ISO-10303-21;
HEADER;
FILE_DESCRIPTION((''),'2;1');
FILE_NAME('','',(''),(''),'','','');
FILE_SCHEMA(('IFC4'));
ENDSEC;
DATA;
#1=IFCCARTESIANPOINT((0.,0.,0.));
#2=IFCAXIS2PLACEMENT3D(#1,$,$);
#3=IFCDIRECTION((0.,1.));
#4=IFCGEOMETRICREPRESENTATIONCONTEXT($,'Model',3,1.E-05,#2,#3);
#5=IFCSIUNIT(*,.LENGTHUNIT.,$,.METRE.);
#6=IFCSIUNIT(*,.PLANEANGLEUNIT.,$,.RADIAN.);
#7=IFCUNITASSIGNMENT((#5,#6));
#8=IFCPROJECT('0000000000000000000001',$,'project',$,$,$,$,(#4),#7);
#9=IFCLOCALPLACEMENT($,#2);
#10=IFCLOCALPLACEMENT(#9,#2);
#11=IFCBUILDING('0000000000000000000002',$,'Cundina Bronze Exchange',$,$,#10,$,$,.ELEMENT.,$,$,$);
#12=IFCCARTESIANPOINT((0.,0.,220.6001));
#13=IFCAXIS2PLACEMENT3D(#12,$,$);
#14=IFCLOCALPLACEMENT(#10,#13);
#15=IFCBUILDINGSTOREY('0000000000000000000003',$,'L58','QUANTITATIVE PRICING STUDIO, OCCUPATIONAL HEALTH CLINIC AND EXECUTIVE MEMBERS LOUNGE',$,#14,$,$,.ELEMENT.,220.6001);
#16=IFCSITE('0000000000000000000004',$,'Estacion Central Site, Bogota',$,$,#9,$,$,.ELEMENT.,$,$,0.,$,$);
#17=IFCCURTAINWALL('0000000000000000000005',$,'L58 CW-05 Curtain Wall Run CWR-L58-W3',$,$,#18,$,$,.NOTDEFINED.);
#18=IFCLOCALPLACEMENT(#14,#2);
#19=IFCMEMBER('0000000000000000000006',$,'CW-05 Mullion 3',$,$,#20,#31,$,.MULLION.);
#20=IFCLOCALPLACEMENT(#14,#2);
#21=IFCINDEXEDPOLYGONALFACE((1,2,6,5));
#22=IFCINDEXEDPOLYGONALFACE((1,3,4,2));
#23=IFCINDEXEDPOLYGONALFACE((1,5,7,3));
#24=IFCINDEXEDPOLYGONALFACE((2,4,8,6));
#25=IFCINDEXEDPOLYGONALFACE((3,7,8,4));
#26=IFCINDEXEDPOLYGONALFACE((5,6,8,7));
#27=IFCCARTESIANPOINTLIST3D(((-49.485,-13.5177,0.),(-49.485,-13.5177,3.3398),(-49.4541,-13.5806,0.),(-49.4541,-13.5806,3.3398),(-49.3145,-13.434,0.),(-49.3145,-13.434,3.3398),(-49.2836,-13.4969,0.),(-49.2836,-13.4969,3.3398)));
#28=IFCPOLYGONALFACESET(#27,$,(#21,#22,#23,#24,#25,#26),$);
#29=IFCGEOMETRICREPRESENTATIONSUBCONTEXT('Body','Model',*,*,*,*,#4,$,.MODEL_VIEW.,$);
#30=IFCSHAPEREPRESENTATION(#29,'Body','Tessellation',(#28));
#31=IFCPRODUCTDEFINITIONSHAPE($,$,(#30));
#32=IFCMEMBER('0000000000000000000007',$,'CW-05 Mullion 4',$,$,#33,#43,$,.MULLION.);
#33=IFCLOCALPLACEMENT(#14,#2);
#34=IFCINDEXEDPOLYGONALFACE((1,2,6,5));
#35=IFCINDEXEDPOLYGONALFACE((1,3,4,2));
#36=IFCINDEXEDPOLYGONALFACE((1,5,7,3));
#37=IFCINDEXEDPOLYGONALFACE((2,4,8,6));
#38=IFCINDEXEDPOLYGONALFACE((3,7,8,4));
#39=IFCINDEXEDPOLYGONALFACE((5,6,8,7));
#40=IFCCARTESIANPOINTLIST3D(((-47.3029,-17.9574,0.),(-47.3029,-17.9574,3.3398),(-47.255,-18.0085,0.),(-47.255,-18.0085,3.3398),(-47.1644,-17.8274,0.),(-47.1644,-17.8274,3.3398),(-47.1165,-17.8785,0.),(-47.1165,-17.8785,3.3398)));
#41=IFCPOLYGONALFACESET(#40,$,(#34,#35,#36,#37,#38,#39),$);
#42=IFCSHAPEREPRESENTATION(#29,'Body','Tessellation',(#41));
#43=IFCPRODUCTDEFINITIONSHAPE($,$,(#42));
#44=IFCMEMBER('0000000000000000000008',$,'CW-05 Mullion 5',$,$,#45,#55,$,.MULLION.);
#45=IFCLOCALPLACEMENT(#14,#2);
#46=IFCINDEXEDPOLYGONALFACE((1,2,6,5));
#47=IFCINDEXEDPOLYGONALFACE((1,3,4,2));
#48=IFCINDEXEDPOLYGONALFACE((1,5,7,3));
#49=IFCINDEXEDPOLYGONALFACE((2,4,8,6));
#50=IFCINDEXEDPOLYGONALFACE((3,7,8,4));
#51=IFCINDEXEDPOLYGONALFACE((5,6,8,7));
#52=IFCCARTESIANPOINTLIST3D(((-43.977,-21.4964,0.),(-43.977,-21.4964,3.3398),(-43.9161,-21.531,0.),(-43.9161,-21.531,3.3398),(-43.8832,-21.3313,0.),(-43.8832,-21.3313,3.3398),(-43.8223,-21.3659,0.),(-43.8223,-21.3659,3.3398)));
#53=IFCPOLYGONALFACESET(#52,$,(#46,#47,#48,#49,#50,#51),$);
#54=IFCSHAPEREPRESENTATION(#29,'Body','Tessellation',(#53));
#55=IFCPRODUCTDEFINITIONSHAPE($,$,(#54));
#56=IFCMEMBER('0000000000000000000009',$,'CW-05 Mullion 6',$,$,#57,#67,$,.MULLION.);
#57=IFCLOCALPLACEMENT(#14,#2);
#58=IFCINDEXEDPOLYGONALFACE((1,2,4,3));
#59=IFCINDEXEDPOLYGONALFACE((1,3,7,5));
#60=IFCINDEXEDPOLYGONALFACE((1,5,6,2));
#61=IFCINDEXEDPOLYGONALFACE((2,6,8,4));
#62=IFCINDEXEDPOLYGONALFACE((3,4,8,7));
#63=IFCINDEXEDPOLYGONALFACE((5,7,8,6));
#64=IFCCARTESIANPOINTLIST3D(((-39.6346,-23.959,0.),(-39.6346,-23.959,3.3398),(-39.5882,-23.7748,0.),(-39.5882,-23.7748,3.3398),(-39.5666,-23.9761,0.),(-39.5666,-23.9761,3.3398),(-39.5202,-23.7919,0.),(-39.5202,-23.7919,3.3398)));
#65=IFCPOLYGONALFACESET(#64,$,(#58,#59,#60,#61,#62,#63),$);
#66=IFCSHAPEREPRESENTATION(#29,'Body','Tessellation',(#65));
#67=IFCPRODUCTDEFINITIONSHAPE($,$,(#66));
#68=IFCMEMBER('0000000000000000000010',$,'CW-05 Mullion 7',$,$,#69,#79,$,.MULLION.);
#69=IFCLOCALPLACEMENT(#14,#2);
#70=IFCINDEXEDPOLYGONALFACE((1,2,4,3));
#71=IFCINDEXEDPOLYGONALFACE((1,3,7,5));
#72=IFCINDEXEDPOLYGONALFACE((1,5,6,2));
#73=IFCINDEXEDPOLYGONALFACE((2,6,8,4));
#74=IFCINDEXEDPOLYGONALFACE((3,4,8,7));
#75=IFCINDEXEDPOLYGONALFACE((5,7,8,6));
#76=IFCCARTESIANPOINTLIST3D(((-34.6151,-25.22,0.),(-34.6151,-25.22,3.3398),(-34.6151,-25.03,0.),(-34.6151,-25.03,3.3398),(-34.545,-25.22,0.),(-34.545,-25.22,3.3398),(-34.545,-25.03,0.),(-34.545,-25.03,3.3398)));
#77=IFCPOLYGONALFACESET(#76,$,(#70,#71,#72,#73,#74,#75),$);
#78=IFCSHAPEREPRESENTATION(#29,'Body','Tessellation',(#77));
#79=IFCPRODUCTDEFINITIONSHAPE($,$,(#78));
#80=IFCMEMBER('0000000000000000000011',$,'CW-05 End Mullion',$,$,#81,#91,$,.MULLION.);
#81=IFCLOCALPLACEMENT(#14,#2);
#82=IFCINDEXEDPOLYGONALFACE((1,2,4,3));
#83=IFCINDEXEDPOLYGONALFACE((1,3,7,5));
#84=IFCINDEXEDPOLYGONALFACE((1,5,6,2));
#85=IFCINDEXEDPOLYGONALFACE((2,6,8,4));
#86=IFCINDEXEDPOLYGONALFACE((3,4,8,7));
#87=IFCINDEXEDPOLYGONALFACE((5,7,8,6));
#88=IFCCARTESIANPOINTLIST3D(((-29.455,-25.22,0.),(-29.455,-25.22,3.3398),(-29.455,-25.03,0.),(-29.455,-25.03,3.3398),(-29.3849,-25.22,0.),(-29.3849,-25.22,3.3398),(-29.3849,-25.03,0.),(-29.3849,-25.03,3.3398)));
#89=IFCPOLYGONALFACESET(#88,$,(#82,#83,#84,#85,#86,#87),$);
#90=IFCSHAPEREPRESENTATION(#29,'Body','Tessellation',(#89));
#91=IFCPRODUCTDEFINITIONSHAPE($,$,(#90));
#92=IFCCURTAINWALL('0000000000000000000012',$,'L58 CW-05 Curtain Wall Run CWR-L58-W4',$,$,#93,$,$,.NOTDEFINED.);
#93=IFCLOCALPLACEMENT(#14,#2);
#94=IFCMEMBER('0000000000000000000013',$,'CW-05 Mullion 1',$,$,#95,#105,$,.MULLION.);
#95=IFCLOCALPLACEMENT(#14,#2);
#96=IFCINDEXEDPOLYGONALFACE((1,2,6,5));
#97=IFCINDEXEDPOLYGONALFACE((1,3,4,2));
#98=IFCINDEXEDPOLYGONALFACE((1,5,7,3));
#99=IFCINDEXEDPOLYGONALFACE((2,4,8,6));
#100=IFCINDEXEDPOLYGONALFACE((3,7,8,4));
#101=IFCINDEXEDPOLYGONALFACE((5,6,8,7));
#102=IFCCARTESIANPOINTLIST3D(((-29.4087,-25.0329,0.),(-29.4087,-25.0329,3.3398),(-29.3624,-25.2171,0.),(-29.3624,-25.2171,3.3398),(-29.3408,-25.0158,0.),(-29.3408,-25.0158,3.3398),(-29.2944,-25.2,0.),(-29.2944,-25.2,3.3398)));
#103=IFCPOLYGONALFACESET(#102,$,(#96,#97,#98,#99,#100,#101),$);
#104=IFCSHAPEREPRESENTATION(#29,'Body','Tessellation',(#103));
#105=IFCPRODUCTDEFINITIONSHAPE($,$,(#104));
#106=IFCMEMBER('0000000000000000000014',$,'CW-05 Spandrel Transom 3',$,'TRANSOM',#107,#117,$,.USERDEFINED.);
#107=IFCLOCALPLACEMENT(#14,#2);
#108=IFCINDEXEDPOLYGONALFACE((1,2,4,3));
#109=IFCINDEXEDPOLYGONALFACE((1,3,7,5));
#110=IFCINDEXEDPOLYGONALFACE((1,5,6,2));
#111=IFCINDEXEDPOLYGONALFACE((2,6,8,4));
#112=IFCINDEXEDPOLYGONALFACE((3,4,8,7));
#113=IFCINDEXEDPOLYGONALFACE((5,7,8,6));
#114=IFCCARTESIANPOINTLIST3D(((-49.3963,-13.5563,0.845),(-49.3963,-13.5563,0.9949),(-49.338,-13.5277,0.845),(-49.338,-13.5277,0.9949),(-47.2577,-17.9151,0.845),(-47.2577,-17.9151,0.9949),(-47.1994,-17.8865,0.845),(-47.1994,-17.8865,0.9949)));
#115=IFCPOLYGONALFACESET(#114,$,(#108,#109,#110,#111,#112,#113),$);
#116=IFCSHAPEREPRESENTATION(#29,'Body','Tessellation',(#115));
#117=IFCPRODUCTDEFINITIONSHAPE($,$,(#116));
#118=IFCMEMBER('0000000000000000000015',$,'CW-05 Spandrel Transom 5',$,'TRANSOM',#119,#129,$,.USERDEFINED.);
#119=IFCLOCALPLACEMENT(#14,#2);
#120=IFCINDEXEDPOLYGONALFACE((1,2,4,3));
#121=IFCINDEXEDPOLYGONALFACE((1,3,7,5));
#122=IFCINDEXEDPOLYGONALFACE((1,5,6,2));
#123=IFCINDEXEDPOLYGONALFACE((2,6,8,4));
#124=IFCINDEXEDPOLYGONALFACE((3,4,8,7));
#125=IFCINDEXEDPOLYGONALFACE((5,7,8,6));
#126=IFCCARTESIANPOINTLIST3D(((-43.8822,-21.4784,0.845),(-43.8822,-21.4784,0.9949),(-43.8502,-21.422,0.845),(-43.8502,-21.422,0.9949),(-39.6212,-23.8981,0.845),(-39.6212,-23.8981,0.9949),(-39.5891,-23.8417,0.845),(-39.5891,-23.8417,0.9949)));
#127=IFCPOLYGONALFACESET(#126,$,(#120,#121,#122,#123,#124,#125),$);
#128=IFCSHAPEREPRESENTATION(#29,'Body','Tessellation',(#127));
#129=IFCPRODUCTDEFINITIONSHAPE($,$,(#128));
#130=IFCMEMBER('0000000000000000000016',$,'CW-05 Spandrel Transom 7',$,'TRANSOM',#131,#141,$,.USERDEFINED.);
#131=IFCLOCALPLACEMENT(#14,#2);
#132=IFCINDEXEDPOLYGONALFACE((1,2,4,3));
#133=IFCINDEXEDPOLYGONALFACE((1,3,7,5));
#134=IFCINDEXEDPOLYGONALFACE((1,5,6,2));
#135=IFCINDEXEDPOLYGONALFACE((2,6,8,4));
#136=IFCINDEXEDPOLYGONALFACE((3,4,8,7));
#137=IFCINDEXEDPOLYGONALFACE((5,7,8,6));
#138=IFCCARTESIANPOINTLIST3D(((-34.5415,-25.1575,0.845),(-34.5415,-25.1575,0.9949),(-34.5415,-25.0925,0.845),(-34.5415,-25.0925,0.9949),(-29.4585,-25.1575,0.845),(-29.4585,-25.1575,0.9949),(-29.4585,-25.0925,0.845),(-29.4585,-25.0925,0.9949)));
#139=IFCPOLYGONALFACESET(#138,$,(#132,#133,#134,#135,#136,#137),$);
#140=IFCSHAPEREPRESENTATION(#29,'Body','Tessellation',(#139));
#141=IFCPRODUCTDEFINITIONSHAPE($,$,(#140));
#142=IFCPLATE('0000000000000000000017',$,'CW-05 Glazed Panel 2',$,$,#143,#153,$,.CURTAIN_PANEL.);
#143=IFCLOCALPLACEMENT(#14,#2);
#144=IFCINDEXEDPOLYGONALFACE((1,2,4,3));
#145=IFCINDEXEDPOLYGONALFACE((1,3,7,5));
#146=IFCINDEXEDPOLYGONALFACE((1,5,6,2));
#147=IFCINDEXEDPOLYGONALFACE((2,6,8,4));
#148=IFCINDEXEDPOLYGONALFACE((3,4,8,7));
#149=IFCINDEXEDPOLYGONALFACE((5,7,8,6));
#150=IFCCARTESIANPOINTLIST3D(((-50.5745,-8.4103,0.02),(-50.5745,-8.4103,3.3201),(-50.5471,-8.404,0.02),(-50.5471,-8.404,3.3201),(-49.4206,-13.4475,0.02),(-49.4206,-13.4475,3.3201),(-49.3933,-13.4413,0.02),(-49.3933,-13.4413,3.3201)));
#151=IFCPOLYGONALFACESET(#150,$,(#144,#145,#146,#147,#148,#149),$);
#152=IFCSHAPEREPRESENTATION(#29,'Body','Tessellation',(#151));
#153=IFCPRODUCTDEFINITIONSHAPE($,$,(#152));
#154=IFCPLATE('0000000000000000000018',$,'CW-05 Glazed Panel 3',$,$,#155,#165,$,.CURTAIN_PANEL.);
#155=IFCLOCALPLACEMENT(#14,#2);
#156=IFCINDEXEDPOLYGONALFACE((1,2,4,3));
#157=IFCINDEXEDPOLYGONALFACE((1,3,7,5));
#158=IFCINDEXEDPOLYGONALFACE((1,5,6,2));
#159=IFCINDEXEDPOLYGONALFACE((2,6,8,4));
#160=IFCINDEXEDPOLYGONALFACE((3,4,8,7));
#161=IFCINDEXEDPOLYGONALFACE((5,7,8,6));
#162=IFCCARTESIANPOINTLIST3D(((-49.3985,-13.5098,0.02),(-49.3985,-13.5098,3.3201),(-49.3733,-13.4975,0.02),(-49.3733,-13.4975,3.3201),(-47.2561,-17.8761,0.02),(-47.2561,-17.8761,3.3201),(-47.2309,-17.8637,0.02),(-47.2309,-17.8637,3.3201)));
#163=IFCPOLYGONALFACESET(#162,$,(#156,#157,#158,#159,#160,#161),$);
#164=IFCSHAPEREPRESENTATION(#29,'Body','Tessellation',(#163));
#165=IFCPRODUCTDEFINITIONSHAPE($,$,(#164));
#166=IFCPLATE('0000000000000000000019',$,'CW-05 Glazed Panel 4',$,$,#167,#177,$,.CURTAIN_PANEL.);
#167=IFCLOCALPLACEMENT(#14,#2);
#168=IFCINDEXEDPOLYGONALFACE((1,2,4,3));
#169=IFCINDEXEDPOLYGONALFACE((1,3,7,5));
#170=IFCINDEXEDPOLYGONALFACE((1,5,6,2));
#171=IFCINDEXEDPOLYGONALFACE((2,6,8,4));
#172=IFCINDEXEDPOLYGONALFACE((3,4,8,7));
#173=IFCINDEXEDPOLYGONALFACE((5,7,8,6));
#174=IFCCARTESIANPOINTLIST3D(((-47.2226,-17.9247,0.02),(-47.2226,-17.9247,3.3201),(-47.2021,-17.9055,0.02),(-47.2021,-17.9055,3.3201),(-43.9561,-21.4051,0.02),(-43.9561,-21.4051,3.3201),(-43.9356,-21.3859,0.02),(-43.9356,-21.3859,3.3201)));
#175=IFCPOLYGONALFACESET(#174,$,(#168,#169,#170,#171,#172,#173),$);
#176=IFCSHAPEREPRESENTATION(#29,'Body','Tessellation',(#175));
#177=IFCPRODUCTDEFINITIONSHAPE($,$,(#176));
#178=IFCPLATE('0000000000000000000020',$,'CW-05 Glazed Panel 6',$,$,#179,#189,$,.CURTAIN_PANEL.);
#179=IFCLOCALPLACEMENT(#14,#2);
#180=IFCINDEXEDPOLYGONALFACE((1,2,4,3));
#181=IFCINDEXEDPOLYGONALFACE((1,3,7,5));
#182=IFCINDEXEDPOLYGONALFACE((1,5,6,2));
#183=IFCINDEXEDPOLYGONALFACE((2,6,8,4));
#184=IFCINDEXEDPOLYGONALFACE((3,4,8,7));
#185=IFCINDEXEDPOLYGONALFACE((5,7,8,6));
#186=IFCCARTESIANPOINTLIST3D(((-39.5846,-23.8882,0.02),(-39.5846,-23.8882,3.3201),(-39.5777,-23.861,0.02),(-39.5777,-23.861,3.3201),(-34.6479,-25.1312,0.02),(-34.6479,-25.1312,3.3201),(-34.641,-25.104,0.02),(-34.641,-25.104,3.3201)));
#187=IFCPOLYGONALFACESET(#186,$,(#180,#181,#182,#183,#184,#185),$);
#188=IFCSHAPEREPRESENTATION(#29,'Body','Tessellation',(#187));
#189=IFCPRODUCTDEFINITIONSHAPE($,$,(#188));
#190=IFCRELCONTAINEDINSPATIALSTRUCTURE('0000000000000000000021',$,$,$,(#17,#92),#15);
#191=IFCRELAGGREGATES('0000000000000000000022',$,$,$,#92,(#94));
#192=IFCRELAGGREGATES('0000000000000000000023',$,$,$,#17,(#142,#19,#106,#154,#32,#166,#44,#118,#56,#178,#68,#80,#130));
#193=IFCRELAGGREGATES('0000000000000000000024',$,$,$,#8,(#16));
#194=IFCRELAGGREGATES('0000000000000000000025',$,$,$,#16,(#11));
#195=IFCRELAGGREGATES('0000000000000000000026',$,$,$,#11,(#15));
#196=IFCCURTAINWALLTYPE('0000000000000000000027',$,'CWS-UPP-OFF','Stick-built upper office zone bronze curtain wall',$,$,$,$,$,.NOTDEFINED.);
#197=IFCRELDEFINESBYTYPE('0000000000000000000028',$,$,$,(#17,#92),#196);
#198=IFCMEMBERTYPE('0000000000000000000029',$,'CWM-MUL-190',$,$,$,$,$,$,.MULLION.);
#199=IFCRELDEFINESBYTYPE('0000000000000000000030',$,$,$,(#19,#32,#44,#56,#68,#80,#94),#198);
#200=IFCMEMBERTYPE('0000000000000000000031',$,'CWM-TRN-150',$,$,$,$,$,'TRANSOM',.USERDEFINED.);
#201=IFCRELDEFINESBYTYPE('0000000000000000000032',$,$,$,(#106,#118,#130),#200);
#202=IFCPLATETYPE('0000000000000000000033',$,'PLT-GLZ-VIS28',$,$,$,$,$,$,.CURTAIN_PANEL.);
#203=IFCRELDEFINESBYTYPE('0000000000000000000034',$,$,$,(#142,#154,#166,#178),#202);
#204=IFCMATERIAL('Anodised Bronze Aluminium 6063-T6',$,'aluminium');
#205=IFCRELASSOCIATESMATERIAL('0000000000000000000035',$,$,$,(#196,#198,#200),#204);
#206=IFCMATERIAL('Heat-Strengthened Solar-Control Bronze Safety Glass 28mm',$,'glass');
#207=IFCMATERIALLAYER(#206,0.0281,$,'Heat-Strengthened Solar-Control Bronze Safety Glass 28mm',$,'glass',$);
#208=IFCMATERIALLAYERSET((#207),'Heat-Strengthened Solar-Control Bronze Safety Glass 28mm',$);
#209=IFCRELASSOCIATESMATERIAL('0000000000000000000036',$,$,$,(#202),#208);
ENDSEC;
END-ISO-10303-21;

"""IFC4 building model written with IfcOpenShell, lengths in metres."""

from ifc_helpers import new_model, si_unit, direction, frame, origin, origin_2d, place, context, subcontext, project, spatial, rectangle, extrude, material, layer, layer_set, material_profile, profile_set, type_object, element, aggregate, save


model = new_model("IFC4")

# Units and contexts
model_context = context("Model", 3, precision=1e-05, world=origin(), true_north=direction((0.0, 1.0)))
body_context = subcontext(model_context, "Body", "Model", "MODEL_VIEW")
ifc_project = project(units=[si_unit("LENGTHUNIT", "METRE"), si_unit("PLANEANGLEUNIT", "RADIAN")], contexts=[model_context])

# Site, building, storey
site_placement = place(None, origin())
site = spatial("IfcSite", under=ifc_project, at=site_placement, Name="Estacion Central Site, Bogota", CompositionType="ELEMENT", RefElevation=0.0)
building_placement = place(site_placement, origin())
building = spatial("IfcBuilding", under=site, at=building_placement, Name="Cundina Bronze Exchange", CompositionType="ELEMENT")
storey_placement = place(building_placement, frame((0.0, 0.0, 220.6001)))
storey = spatial("IfcBuildingStorey", under=building, at=storey_placement, Name="L58", Description="QUANTITATIVE PRICING STUDIO, OCCUPATIONAL HEALTH CLINIC AND EXECUTIVE MEMBERS LOUNGE", CompositionType="ELEMENT", Elevation=220.6001)

# Curtain wall, members
ifc_material_1 = material(Name="Anodised Bronze Aluminium 6063-T6", Category="aluminium")
curtain_wall_type = type_object("IfcCurtainWallType", Name="CWS-UPP-OFF", Description="Stick-built upper office zone bronze curtain wall", PredefinedType="NOTDEFINED", material=ifc_material_1)
curtain_wall_1_placement = place(storey_placement, origin())
curtain_wall_1 = element("IfcCurtainWall", 1, at=curtain_wall_1_placement, inside=storey, type_object=curtain_wall_type, Name="L58 CW-05 Curtain Wall Run CWR-L58-W3", PredefinedType="NOTDEFINED")
ifc_material_profile_1 = material_profile(ifc_material_1, rectangle(XDim=0.0701, YDim=0.1899, at=origin_2d()), Name="AL70X190", Category="aluminium")
ifc_profile_set_1 = profile_set([ifc_material_profile_1], Name="Anodised Bronze Aluminium 6063-T6")
member_type_1 = type_object("IfcMemberType", Name="CWM-MUL-190", PredefinedType="MULLION", material=ifc_profile_set_1)
member_1_placement = place(storey_placement, frame((-49.3843, -13.5073, 0.0), z_axis=(0.0, 0.0, 1.0), x_axis=(0.440566, -0.89772, 0.0)))
member_1 = element("IfcMember", 2, at=member_1_placement, type_object=member_type_1, Name="CW-05 Mullion 3", PredefinedType="MULLION", context=body_context, shape_type="SweptSolid", body=[
    extrude(rectangle(XDim=0.0701, YDim=0.1899, at=origin_2d()), origin(), (0.0, 0.0, 1.0), 3.3398),
])
member_2_placement = place(storey_placement, frame((-47.2097, -17.918, 0.0), z_axis=(0.0, 0.0, 1.0), x_axis=(0.684293, -0.729208, 0.0)))
member_2 = element("IfcMember", 3, at=member_2_placement, type_object=member_type_1, Name="CW-05 Mullion 4", PredefinedType="MULLION", context=body_context, shape_type="SweptSolid", body=[
    extrude(rectangle(XDim=0.0701, YDim=0.1899, at=origin_2d()), origin(), (0.0, 0.0, 1.0), 3.3398),
])
member_3_placement = place(storey_placement, frame((-43.8997, -21.4312, 0.0), z_axis=(0.0, 0.0, 1.0), x_axis=(0.869581, -0.49379, 0.0)))
member_3 = element("IfcMember", 4, at=member_3_placement, type_object=member_type_1, Name="CW-05 Mullion 5", PredefinedType="MULLION", context=body_context, shape_type="SweptSolid", body=[
    extrude(rectangle(XDim=0.0701, YDim=0.1899, at=origin_2d()), origin(), (0.0, 0.0, 1.0), 3.3398),
])
member_4_placement = place(storey_placement, frame((-39.5774, -23.8755, 0.0), z_axis=(0.0, 0.0, 1.0), x_axis=(0.969744, -0.244123, 0.0)))
member_4 = element("IfcMember", 5, at=member_4_placement, type_object=member_type_1, Name="CW-05 Mullion 6", PredefinedType="MULLION", context=body_context, shape_type="SweptSolid", body=[
    extrude(rectangle(XDim=0.0701, YDim=0.1899, at=origin_2d()), origin(), (0.0, 0.0, 1.0), 3.3398),
])
member_5_placement = place(storey_placement, frame((-34.5801, -25.125, 0.0), z_axis=(0.0, 0.0, 1.0), x_axis=(1.0, 0.0, 0.0)))
member_5 = element("IfcMember", 6, at=member_5_placement, type_object=member_type_1, Name="CW-05 Mullion 7", PredefinedType="MULLION", context=body_context, shape_type="SweptSolid", body=[
    extrude(rectangle(XDim=0.0701, YDim=0.1899, at=origin_2d()), origin(), (0.0, 0.0, 1.0), 3.3398),
])
member_6_placement = place(storey_placement, frame((-29.4199, -25.125, 0.0), z_axis=(0.0, 0.0, 1.0), x_axis=(1.0, 0.0, 0.0)))
member_6 = element("IfcMember", 7, at=member_6_placement, type_object=member_type_1, Name="CW-05 End Mullion", PredefinedType="MULLION", context=body_context, shape_type="SweptSolid", body=[
    extrude(rectangle(XDim=0.0701, YDim=0.1899, at=origin_2d()), origin(), (0.0, 0.0, 1.0), 3.3398),
])

# Curtain wall, member
curtain_wall_2_placement = place(storey_placement, origin())
curtain_wall_2 = element("IfcCurtainWall", 8, at=curtain_wall_2_placement, inside=storey, type_object=curtain_wall_type, Name="L58 CW-05 Curtain Wall Run CWR-L58-W4", PredefinedType="NOTDEFINED")
member_7_placement = place(storey_placement, frame((-29.3516, -25.1165, 0.0), z_axis=(0.0, 0.0, 1.0), x_axis=(0.969744, 0.244123, 0.0)))
member_7 = element("IfcMember", 9, at=member_7_placement, type_object=member_type_1, Name="CW-05 Mullion 1", PredefinedType="MULLION", context=body_context, shape_type="SweptSolid", body=[
    extrude(rectangle(XDim=0.0701, YDim=0.1899, at=origin_2d()), origin(), (0.0, 0.0, 1.0), 3.3398),
])
aggregate(curtain_wall_2, [member_7])

# Members
ifc_material_profile_2 = material_profile(ifc_material_1, rectangle(XDim=0.0649, YDim=0.1499, at=origin_2d()), Name="AL65X150", Category="aluminium")
ifc_profile_set_2 = profile_set([ifc_material_profile_2], Name="Anodised Bronze Aluminium 6063-T6")
member_type_2 = type_object("IfcMemberType", Name="CWM-TRN-150", ElementType="TRANSOM", PredefinedType="USERDEFINED", material=ifc_profile_set_2)
member_8_placement = place(storey_placement, frame((-49.3672, -13.542, 0.9199), z_axis=(0.440483, -0.897761, 0.0), x_axis=(0.897761, 0.440483, 0.0)))
member_8 = element("IfcMember", 10, at=member_8_placement, type_object=member_type_2, Name="CW-05 Spandrel Transom 3", ObjectType="TRANSOM", PredefinedType="USERDEFINED", context=body_context, shape_type="SweptSolid", body=[
    extrude(rectangle(XDim=0.0649, YDim=0.1499, at=origin_2d()), origin(), (0.0, 0.0, 1.0), 4.8552),
])
member_9_placement = place(storey_placement, frame((-43.8662, -21.4502, 0.9199), z_axis=(0.869574, -0.493803, 0.0), x_axis=(0.493803, 0.869574, 0.0)))
member_9 = element("IfcMember", 11, at=member_9_placement, type_object=member_type_2, Name="CW-05 Spandrel Transom 5", ObjectType="TRANSOM", PredefinedType="USERDEFINED", context=body_context, shape_type="SweptSolid", body=[
    extrude(rectangle(XDim=0.0649, YDim=0.1499, at=origin_2d()), origin(), (0.0, 0.0, 1.0), 4.9001),
])
member_10_placement = place(storey_placement, frame((-34.5415, -25.125, 0.9199), z_axis=(1.0, 0.0, 0.0), x_axis=(0.0, 1.0, 0.0)))
member_10 = element("IfcMember", 12, at=member_10_placement, type_object=member_type_2, Name="CW-05 Spandrel Transom 7", ObjectType="TRANSOM", PredefinedType="USERDEFINED", context=body_context, shape_type="SweptSolid", body=[
    extrude(rectangle(XDim=0.0649, YDim=0.1499, at=origin_2d()), origin(), (0.0, 0.0, 1.0), 5.083),
])

# Plates
ifc_material_2 = material(Name="Heat-Strengthened Solar-Control Bronze Safety Glass 28mm", Category="glass")
ifc_layer_1 = layer(ifc_material_2, 0.0281, Name="Heat-Strengthened Solar-Control Bronze Safety Glass 28mm", Category="glass")
ifc_layer_set_1 = layer_set([ifc_layer_1], Name="Heat-Strengthened Solar-Control Bronze Safety Glass 28mm")
plate_type_1 = type_object("IfcPlateType", Name="PLT-GLZ-VIS28", PredefinedType="CURTAIN_PANEL", material=ifc_layer_set_1)
plate_1_placement = place(storey_placement, frame((-49.9839, -10.9258, 0.02), z_axis=(0.0, 0.0, 1.0), x_axis=(0.223284, -0.974753, 0.0)))
plate_1 = element("IfcPlate", 13, at=plate_1_placement, type_object=plate_type_1, Name="CW-05 Glazed Panel 2", PredefinedType="CURTAIN_PANEL", context=body_context, shape_type="SweptSolid", body=[
    extrude(rectangle(XDim=5.1677, YDim=0.0281, at=origin_2d()), origin(), (0.0, 0.0, 1.0), 3.3),
])
plate_2_placement = place(storey_placement, frame((-48.3147, -15.6868, 0.02), z_axis=(0.0, 0.0, 1.0), x_axis=(0.440503, -0.897751, 0.0)))
plate_2 = element("IfcPlate", 14, at=plate_2_placement, type_object=plate_type_1, Name="CW-05 Glazed Panel 3", PredefinedType="CURTAIN_PANEL", context=body_context, shape_type="SweptSolid", body=[
    extrude(rectangle(XDim=4.8635, YDim=0.0281, at=origin_2d()), origin(), (0.0, 0.0, 1.0), 3.3),
])
plate_3_placement = place(storey_placement, frame((-45.5791, -19.6553, 0.02), z_axis=(0.0, 0.0, 1.0), x_axis=(0.684344, -0.72916, 0.0)))
plate_3 = element("IfcPlate", 15, at=plate_3_placement, type_object=plate_type_1, Name="CW-05 Glazed Panel 4", PredefinedType="CURTAIN_PANEL", context=body_context, shape_type="SweptSolid", body=[
    extrude(rectangle(XDim=4.7732, YDim=0.0281, at=origin_2d()), origin(), (0.0, 0.0, 1.0), 3.3),
])
plate_4_placement = place(storey_placement, frame((-37.1128, -24.4961, 0.02), z_axis=(0.0, 0.0, 1.0), x_axis=(0.969732, -0.244174, 0.0)))
plate_4 = element("IfcPlate", 16, at=plate_4_placement, type_object=plate_type_1, Name="CW-05 Glazed Panel 6", PredefinedType="CURTAIN_PANEL", context=body_context, shape_type="SweptSolid", body=[
    extrude(rectangle(XDim=5.0908, YDim=0.0281, at=origin_2d()), origin(), (0.0, 0.0, 1.0), 3.3),
])
aggregate(curtain_wall_1, [plate_1, member_1, member_8, plate_2, member_2, plate_3, member_3, member_9, member_4, plate_4, member_5, member_6, member_10])

save(model, "model.ifc")
